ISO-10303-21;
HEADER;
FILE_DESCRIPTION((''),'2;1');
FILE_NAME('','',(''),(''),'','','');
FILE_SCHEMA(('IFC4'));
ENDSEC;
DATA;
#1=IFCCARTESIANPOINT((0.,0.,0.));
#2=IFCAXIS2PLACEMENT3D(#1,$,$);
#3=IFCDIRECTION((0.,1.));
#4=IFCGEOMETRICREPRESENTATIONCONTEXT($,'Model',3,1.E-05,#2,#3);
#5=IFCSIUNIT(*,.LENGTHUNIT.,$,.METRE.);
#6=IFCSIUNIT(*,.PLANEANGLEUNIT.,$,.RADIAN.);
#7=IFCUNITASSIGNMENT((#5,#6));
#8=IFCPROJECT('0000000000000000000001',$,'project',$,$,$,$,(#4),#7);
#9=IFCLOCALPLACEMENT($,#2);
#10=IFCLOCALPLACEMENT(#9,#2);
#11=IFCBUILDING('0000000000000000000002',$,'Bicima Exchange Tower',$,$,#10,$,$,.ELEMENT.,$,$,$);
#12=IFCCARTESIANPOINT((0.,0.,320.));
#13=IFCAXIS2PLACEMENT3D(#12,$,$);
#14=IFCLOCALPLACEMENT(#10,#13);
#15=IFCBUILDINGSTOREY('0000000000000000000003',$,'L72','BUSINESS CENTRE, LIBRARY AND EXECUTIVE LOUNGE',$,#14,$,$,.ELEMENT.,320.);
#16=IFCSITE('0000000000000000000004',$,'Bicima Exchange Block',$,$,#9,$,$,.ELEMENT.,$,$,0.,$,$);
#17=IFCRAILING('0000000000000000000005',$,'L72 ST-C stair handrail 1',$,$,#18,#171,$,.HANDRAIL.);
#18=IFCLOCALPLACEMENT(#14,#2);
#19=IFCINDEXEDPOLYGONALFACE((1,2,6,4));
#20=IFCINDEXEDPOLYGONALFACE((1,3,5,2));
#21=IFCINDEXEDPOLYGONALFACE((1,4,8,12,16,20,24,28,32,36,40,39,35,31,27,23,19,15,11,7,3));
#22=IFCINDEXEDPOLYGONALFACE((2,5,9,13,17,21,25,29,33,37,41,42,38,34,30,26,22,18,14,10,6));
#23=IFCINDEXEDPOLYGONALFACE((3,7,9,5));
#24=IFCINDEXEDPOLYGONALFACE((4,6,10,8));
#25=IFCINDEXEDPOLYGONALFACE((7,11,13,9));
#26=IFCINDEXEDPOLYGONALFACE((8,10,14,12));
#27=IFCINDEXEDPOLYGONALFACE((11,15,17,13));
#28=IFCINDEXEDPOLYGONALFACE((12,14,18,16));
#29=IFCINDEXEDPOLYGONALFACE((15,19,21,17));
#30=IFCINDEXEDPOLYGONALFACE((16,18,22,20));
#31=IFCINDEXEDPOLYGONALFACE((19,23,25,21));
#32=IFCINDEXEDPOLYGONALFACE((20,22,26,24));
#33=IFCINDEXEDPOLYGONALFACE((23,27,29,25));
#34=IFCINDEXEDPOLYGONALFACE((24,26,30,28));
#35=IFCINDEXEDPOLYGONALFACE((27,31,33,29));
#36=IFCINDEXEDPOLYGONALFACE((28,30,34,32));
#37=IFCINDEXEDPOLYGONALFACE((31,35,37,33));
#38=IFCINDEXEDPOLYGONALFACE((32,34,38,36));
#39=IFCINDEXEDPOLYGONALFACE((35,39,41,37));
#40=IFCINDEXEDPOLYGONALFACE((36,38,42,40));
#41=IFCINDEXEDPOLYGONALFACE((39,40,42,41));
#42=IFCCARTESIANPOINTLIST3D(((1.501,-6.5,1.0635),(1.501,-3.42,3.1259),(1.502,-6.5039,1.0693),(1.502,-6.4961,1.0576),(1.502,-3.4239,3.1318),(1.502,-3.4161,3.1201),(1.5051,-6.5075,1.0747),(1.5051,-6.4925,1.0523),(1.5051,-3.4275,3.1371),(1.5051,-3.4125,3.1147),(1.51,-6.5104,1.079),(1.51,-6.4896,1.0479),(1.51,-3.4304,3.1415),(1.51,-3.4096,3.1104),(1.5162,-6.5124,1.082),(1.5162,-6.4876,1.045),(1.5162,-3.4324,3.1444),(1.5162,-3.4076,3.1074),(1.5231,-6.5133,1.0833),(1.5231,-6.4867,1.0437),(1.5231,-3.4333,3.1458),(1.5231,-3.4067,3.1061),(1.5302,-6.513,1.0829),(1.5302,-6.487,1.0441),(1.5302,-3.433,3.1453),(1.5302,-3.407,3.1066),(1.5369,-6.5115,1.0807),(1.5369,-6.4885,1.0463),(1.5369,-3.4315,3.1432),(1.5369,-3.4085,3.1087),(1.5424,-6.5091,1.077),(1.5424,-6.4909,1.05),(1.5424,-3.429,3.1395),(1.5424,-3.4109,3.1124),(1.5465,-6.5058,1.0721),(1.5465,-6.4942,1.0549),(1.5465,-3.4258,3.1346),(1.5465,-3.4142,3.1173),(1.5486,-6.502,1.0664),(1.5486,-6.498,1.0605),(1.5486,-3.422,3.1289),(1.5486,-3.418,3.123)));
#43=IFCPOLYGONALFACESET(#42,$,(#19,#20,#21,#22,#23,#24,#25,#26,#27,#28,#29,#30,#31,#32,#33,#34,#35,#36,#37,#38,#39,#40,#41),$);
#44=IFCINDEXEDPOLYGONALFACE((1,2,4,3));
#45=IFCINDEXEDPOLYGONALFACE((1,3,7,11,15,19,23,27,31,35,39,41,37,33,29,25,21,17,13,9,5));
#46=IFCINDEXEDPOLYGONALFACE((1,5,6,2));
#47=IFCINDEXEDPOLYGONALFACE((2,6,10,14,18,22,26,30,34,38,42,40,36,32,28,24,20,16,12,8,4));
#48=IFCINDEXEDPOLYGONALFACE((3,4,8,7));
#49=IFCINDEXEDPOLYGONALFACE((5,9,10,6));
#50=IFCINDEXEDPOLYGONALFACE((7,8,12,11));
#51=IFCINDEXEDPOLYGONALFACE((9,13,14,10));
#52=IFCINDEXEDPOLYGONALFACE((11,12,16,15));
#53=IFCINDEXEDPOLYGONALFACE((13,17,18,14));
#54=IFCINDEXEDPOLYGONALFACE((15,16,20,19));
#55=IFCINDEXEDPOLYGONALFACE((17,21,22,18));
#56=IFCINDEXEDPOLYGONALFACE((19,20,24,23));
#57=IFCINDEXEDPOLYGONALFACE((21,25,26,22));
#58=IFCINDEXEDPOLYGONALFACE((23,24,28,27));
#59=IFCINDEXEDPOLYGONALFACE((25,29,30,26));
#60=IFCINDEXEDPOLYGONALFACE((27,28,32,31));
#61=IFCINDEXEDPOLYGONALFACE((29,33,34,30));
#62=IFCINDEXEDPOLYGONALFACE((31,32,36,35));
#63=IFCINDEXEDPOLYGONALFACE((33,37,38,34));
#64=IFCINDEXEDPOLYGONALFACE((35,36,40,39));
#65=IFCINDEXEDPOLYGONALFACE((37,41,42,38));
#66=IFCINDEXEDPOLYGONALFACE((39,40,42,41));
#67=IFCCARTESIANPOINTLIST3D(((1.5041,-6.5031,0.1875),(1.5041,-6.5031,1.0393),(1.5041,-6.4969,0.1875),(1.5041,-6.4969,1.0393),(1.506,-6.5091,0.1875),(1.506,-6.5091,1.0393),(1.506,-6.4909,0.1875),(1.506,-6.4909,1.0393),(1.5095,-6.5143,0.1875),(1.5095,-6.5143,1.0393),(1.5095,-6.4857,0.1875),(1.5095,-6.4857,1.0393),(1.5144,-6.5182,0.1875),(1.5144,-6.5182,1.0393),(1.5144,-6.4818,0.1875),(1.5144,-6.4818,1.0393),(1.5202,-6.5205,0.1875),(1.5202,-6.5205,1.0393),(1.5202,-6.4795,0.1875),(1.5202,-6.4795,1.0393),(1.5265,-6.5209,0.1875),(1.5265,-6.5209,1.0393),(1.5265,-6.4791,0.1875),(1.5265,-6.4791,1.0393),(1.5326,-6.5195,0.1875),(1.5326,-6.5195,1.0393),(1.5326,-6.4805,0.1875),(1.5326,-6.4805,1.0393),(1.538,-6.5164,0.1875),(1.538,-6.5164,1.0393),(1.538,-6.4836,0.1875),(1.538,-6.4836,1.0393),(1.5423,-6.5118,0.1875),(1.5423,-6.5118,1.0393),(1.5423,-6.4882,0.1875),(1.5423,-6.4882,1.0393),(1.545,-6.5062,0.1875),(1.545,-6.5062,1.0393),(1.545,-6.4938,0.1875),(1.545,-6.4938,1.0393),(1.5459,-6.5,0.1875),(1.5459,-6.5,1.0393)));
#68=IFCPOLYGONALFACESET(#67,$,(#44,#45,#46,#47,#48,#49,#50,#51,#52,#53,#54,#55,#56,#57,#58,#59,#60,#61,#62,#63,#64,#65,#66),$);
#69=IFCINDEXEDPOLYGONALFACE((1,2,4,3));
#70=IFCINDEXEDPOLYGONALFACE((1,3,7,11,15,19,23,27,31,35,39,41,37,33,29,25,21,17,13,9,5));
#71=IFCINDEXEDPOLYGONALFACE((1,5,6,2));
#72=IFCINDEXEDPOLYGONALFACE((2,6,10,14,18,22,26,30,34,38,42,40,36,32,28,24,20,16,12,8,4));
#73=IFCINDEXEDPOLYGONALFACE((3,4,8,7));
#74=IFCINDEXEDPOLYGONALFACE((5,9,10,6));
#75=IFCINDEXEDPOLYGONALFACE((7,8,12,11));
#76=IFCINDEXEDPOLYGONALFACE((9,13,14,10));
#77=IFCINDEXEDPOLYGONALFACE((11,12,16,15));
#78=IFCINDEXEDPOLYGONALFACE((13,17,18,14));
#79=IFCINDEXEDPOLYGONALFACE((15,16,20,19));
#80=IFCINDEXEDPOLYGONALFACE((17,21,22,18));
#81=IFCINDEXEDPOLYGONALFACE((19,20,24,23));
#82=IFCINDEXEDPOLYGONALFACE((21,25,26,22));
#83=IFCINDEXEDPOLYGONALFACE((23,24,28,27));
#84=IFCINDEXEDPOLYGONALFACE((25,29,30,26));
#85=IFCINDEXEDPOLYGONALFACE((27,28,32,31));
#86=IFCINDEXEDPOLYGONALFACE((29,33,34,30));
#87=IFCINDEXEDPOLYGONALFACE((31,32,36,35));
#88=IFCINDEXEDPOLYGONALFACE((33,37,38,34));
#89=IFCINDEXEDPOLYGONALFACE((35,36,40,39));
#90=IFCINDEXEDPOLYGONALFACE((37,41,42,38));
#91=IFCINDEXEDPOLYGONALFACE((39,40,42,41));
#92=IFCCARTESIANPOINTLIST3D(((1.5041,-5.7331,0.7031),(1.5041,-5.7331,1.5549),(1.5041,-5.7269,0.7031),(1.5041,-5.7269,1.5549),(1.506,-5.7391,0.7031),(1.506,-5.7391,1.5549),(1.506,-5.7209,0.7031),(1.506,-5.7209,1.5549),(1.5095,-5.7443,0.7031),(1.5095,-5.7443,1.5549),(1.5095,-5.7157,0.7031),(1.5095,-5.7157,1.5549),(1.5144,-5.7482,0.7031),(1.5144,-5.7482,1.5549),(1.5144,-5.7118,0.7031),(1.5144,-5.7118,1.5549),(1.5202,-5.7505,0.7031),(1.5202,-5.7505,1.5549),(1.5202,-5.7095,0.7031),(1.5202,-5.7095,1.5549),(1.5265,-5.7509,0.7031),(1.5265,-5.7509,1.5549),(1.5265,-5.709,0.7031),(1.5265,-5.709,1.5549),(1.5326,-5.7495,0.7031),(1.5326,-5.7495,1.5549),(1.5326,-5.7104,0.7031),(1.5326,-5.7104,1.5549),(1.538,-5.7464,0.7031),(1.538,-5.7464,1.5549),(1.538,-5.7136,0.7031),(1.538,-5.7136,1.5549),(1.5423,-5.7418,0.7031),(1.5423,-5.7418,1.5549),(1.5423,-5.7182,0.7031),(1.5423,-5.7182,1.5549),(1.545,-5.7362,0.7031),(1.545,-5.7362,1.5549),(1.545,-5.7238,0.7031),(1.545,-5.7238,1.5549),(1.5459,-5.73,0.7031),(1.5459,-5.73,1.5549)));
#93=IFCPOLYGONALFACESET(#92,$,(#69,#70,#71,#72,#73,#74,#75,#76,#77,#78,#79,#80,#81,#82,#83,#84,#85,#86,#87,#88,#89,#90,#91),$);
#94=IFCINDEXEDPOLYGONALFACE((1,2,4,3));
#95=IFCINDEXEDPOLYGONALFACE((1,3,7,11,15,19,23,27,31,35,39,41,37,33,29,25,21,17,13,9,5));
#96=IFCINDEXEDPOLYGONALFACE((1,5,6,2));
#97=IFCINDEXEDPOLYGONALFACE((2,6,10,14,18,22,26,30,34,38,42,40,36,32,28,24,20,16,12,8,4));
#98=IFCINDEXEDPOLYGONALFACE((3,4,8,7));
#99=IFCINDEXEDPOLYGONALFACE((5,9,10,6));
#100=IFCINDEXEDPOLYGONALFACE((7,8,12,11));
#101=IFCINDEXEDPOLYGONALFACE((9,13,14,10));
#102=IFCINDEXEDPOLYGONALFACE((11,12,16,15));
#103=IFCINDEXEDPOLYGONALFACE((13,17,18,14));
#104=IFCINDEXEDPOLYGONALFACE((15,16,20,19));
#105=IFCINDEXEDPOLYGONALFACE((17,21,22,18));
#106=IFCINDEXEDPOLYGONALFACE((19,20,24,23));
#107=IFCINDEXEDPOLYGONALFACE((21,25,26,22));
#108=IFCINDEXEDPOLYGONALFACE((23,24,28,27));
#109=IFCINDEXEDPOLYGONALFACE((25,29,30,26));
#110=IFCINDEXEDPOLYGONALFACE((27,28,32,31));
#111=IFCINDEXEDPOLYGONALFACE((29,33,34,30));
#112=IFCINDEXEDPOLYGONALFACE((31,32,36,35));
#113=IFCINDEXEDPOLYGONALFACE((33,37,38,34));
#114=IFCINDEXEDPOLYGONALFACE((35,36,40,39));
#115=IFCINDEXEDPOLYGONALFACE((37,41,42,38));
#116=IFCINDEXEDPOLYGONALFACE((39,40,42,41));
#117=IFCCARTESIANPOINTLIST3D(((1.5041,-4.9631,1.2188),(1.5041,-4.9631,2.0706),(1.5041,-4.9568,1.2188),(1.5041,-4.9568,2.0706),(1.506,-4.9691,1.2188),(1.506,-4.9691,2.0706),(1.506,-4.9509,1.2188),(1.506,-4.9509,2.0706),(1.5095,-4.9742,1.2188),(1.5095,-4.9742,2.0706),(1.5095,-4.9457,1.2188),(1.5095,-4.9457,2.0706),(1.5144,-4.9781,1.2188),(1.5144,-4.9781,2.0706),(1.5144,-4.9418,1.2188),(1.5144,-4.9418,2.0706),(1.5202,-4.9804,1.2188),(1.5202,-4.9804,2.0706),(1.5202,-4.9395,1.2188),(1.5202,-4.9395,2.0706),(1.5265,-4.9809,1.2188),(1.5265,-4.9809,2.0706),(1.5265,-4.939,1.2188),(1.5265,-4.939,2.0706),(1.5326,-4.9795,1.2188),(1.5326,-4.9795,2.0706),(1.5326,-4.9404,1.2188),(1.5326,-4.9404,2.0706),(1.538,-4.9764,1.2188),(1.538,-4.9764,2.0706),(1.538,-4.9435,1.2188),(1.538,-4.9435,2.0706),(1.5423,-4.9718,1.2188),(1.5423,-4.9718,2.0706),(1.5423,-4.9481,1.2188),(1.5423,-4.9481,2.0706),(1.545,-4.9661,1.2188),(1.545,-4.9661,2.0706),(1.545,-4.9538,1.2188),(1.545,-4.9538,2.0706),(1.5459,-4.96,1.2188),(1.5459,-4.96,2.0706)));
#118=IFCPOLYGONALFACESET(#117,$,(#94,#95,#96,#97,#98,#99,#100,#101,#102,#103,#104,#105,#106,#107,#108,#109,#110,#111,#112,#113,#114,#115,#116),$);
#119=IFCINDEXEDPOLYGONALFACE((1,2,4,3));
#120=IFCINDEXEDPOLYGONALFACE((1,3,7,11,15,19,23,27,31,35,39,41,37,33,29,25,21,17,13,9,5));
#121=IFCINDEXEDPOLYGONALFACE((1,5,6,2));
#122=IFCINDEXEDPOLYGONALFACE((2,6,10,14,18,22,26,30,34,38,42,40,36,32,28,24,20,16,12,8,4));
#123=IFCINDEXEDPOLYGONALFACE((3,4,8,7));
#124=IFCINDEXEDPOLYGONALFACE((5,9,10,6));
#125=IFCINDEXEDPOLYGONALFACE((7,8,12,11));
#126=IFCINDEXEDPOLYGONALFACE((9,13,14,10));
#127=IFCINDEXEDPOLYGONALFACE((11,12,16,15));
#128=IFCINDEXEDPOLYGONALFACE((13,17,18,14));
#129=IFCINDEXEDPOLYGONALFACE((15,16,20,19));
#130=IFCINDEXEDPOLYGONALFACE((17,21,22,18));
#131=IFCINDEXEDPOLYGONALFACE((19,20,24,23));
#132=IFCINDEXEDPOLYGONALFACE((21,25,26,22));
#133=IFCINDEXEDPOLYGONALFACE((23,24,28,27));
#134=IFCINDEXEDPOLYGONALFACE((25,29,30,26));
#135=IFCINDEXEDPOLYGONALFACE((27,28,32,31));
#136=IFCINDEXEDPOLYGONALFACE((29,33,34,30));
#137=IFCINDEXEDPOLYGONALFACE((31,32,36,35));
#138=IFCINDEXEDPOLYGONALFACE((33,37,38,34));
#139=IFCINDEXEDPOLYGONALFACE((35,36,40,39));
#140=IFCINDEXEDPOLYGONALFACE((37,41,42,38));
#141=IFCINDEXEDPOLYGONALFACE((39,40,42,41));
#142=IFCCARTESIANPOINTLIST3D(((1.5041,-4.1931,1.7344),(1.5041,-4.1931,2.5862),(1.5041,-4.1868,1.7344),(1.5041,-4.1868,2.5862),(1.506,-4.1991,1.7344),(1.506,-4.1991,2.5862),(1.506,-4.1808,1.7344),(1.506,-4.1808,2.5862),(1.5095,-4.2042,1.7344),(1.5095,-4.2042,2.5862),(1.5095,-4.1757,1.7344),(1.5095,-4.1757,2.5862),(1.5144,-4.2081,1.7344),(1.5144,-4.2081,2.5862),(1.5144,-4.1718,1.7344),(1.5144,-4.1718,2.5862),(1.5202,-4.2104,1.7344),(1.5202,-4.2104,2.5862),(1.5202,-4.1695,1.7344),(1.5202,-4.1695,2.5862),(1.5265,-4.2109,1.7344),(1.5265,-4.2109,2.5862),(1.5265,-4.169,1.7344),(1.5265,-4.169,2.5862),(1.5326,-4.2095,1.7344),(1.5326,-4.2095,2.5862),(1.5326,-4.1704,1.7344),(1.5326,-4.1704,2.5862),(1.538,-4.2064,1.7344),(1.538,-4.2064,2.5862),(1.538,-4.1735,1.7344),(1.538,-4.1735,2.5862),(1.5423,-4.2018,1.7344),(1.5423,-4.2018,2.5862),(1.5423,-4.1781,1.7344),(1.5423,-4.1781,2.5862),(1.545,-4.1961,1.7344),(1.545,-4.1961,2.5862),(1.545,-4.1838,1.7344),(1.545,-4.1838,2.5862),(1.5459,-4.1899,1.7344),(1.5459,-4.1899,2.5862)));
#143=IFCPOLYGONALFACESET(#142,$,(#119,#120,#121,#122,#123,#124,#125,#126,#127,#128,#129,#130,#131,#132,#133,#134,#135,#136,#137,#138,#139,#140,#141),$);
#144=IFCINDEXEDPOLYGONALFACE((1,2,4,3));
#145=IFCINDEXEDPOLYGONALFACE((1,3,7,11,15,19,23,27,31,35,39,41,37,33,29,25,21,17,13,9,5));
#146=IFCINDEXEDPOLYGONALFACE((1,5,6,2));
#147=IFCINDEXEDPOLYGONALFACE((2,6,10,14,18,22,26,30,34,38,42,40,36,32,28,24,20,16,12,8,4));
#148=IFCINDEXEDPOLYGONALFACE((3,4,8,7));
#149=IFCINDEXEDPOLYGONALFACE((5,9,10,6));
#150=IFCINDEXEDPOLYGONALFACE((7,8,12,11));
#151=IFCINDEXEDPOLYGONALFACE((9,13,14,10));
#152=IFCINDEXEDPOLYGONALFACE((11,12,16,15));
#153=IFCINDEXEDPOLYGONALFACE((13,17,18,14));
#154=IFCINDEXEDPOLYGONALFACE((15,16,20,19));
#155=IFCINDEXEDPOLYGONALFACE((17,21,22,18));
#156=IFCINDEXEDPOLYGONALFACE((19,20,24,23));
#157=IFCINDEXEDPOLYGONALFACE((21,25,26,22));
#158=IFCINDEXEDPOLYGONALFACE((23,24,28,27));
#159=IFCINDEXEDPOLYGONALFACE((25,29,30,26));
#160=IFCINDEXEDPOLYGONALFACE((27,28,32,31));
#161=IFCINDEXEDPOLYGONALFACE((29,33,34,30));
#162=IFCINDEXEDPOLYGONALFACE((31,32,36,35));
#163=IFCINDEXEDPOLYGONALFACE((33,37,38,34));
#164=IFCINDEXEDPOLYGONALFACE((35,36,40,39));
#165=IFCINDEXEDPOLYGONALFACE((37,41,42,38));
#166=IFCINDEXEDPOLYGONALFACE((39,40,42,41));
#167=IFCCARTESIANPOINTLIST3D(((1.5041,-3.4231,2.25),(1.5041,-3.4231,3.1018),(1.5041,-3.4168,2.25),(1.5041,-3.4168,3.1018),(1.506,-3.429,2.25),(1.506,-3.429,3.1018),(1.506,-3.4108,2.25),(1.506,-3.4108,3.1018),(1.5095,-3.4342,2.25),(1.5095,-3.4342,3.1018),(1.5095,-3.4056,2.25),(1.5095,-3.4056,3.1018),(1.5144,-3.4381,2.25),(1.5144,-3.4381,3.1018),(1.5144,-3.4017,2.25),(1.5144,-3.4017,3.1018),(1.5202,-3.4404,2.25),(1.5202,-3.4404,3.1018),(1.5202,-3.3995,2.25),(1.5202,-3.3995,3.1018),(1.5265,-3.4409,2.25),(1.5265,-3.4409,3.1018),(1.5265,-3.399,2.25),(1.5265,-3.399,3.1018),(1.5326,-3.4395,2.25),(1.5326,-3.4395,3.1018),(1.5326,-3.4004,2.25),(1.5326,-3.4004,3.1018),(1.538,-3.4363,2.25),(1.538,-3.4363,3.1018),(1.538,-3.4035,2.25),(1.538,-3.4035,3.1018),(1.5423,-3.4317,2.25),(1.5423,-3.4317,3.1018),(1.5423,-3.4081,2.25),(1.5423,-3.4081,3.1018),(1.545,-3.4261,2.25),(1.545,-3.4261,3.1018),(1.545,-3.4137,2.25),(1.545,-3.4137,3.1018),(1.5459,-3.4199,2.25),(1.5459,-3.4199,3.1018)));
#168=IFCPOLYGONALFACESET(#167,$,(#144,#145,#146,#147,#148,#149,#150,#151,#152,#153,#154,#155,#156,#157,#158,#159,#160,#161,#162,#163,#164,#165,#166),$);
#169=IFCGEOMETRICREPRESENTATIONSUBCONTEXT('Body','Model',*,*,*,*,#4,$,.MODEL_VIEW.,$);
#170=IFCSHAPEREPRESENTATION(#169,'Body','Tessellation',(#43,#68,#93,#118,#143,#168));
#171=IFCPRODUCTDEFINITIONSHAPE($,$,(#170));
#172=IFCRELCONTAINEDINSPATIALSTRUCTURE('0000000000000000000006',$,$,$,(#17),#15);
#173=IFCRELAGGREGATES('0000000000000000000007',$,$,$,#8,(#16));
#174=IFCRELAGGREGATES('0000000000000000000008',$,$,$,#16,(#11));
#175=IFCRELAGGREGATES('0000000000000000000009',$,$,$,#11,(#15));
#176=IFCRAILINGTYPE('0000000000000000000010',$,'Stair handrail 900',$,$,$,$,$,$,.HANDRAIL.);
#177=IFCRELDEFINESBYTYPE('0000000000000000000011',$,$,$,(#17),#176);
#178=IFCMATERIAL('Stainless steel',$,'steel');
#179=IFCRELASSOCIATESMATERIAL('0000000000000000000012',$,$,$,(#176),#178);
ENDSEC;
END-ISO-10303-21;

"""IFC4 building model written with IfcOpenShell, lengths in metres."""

from ifc_helpers import new_model, si_unit, direction, frame, origin, origin_2d, place, context, subcontext, project, spatial, circle, extrude, material, type_object, element, save


model = new_model("IFC4")

# Units and contexts
model_context = context("Model", 3, precision=1e-05, world=origin(), true_north=direction((0.0, 1.0)))
body_context = subcontext(model_context, "Body", "Model", "MODEL_VIEW")
ifc_project = project(units=[si_unit("LENGTHUNIT", "METRE"), si_unit("PLANEANGLEUNIT", "RADIAN")], contexts=[model_context])

# Site, building, storey
site_placement = place(None, origin())
site = spatial("IfcSite", under=ifc_project, at=site_placement, Name="Bicima Exchange Block", CompositionType="ELEMENT", RefElevation=0.0)
building_placement = place(site_placement, origin())
building = spatial("IfcBuilding", under=site, at=building_placement, Name="Bicima Exchange Tower", CompositionType="ELEMENT")
storey_placement = place(building_placement, frame((0.0, 0.0, 320.0)))
storey = spatial("IfcBuildingStorey", under=building, at=storey_placement, Name="L72", Description="BUSINESS CENTRE, LIBRARY AND EXECUTIVE LOUNGE", CompositionType="ELEMENT", Elevation=320.0)

# Shared definitions
ifc_material_1 = material(Name="Stainless steel", Category="steel")

# Railing
railing_type_1 = type_object("IfcRailingType", Name="Stair handrail 900", PredefinedType="HANDRAIL", material=ifc_material_1)
railing_1_placement = place(storey_placement, frame((1.5249, -6.5, 0.1875)))
element("IfcRailing", 1, at=railing_1_placement, inside=storey, type_object=railing_type_1, Name="L72 ST-C stair handrail 1", PredefinedType="HANDRAIL", context=body_context, shape_type="SweptSolid", body=[
    extrude(circle(Radius=0.0239, at=origin_2d()), frame((0.0, 0.0, 0.876), z_axis=(0.0, 0.830914, 0.556401), x_axis=(-1.0, 0.0, 0.0)), (0.0, 0.0, 1.0), 3.7068),
    extrude(circle(Radius=0.021, at=origin_2d()), origin(), (0.0, 0.0, 1.0), 0.8518),
    extrude(circle(Radius=0.021, at=origin_2d()), frame((0.0, 0.77, 0.5156)), (0.0, 0.0, 1.0), 0.8518),
    extrude(circle(Radius=0.021, at=origin_2d()), frame((0.0, 1.54, 1.0312)), (0.0, 0.0, 1.0), 0.8518),
    extrude(circle(Radius=0.021, at=origin_2d()), frame((0.0, 2.3101, 1.5469)), (0.0, 0.0, 1.0), 0.8518),
    extrude(circle(Radius=0.021, at=origin_2d()), frame((0.0, 3.0801, 2.0625)), (0.0, 0.0, 1.0), 0.8518),
])

save(model, "model.ifc")
